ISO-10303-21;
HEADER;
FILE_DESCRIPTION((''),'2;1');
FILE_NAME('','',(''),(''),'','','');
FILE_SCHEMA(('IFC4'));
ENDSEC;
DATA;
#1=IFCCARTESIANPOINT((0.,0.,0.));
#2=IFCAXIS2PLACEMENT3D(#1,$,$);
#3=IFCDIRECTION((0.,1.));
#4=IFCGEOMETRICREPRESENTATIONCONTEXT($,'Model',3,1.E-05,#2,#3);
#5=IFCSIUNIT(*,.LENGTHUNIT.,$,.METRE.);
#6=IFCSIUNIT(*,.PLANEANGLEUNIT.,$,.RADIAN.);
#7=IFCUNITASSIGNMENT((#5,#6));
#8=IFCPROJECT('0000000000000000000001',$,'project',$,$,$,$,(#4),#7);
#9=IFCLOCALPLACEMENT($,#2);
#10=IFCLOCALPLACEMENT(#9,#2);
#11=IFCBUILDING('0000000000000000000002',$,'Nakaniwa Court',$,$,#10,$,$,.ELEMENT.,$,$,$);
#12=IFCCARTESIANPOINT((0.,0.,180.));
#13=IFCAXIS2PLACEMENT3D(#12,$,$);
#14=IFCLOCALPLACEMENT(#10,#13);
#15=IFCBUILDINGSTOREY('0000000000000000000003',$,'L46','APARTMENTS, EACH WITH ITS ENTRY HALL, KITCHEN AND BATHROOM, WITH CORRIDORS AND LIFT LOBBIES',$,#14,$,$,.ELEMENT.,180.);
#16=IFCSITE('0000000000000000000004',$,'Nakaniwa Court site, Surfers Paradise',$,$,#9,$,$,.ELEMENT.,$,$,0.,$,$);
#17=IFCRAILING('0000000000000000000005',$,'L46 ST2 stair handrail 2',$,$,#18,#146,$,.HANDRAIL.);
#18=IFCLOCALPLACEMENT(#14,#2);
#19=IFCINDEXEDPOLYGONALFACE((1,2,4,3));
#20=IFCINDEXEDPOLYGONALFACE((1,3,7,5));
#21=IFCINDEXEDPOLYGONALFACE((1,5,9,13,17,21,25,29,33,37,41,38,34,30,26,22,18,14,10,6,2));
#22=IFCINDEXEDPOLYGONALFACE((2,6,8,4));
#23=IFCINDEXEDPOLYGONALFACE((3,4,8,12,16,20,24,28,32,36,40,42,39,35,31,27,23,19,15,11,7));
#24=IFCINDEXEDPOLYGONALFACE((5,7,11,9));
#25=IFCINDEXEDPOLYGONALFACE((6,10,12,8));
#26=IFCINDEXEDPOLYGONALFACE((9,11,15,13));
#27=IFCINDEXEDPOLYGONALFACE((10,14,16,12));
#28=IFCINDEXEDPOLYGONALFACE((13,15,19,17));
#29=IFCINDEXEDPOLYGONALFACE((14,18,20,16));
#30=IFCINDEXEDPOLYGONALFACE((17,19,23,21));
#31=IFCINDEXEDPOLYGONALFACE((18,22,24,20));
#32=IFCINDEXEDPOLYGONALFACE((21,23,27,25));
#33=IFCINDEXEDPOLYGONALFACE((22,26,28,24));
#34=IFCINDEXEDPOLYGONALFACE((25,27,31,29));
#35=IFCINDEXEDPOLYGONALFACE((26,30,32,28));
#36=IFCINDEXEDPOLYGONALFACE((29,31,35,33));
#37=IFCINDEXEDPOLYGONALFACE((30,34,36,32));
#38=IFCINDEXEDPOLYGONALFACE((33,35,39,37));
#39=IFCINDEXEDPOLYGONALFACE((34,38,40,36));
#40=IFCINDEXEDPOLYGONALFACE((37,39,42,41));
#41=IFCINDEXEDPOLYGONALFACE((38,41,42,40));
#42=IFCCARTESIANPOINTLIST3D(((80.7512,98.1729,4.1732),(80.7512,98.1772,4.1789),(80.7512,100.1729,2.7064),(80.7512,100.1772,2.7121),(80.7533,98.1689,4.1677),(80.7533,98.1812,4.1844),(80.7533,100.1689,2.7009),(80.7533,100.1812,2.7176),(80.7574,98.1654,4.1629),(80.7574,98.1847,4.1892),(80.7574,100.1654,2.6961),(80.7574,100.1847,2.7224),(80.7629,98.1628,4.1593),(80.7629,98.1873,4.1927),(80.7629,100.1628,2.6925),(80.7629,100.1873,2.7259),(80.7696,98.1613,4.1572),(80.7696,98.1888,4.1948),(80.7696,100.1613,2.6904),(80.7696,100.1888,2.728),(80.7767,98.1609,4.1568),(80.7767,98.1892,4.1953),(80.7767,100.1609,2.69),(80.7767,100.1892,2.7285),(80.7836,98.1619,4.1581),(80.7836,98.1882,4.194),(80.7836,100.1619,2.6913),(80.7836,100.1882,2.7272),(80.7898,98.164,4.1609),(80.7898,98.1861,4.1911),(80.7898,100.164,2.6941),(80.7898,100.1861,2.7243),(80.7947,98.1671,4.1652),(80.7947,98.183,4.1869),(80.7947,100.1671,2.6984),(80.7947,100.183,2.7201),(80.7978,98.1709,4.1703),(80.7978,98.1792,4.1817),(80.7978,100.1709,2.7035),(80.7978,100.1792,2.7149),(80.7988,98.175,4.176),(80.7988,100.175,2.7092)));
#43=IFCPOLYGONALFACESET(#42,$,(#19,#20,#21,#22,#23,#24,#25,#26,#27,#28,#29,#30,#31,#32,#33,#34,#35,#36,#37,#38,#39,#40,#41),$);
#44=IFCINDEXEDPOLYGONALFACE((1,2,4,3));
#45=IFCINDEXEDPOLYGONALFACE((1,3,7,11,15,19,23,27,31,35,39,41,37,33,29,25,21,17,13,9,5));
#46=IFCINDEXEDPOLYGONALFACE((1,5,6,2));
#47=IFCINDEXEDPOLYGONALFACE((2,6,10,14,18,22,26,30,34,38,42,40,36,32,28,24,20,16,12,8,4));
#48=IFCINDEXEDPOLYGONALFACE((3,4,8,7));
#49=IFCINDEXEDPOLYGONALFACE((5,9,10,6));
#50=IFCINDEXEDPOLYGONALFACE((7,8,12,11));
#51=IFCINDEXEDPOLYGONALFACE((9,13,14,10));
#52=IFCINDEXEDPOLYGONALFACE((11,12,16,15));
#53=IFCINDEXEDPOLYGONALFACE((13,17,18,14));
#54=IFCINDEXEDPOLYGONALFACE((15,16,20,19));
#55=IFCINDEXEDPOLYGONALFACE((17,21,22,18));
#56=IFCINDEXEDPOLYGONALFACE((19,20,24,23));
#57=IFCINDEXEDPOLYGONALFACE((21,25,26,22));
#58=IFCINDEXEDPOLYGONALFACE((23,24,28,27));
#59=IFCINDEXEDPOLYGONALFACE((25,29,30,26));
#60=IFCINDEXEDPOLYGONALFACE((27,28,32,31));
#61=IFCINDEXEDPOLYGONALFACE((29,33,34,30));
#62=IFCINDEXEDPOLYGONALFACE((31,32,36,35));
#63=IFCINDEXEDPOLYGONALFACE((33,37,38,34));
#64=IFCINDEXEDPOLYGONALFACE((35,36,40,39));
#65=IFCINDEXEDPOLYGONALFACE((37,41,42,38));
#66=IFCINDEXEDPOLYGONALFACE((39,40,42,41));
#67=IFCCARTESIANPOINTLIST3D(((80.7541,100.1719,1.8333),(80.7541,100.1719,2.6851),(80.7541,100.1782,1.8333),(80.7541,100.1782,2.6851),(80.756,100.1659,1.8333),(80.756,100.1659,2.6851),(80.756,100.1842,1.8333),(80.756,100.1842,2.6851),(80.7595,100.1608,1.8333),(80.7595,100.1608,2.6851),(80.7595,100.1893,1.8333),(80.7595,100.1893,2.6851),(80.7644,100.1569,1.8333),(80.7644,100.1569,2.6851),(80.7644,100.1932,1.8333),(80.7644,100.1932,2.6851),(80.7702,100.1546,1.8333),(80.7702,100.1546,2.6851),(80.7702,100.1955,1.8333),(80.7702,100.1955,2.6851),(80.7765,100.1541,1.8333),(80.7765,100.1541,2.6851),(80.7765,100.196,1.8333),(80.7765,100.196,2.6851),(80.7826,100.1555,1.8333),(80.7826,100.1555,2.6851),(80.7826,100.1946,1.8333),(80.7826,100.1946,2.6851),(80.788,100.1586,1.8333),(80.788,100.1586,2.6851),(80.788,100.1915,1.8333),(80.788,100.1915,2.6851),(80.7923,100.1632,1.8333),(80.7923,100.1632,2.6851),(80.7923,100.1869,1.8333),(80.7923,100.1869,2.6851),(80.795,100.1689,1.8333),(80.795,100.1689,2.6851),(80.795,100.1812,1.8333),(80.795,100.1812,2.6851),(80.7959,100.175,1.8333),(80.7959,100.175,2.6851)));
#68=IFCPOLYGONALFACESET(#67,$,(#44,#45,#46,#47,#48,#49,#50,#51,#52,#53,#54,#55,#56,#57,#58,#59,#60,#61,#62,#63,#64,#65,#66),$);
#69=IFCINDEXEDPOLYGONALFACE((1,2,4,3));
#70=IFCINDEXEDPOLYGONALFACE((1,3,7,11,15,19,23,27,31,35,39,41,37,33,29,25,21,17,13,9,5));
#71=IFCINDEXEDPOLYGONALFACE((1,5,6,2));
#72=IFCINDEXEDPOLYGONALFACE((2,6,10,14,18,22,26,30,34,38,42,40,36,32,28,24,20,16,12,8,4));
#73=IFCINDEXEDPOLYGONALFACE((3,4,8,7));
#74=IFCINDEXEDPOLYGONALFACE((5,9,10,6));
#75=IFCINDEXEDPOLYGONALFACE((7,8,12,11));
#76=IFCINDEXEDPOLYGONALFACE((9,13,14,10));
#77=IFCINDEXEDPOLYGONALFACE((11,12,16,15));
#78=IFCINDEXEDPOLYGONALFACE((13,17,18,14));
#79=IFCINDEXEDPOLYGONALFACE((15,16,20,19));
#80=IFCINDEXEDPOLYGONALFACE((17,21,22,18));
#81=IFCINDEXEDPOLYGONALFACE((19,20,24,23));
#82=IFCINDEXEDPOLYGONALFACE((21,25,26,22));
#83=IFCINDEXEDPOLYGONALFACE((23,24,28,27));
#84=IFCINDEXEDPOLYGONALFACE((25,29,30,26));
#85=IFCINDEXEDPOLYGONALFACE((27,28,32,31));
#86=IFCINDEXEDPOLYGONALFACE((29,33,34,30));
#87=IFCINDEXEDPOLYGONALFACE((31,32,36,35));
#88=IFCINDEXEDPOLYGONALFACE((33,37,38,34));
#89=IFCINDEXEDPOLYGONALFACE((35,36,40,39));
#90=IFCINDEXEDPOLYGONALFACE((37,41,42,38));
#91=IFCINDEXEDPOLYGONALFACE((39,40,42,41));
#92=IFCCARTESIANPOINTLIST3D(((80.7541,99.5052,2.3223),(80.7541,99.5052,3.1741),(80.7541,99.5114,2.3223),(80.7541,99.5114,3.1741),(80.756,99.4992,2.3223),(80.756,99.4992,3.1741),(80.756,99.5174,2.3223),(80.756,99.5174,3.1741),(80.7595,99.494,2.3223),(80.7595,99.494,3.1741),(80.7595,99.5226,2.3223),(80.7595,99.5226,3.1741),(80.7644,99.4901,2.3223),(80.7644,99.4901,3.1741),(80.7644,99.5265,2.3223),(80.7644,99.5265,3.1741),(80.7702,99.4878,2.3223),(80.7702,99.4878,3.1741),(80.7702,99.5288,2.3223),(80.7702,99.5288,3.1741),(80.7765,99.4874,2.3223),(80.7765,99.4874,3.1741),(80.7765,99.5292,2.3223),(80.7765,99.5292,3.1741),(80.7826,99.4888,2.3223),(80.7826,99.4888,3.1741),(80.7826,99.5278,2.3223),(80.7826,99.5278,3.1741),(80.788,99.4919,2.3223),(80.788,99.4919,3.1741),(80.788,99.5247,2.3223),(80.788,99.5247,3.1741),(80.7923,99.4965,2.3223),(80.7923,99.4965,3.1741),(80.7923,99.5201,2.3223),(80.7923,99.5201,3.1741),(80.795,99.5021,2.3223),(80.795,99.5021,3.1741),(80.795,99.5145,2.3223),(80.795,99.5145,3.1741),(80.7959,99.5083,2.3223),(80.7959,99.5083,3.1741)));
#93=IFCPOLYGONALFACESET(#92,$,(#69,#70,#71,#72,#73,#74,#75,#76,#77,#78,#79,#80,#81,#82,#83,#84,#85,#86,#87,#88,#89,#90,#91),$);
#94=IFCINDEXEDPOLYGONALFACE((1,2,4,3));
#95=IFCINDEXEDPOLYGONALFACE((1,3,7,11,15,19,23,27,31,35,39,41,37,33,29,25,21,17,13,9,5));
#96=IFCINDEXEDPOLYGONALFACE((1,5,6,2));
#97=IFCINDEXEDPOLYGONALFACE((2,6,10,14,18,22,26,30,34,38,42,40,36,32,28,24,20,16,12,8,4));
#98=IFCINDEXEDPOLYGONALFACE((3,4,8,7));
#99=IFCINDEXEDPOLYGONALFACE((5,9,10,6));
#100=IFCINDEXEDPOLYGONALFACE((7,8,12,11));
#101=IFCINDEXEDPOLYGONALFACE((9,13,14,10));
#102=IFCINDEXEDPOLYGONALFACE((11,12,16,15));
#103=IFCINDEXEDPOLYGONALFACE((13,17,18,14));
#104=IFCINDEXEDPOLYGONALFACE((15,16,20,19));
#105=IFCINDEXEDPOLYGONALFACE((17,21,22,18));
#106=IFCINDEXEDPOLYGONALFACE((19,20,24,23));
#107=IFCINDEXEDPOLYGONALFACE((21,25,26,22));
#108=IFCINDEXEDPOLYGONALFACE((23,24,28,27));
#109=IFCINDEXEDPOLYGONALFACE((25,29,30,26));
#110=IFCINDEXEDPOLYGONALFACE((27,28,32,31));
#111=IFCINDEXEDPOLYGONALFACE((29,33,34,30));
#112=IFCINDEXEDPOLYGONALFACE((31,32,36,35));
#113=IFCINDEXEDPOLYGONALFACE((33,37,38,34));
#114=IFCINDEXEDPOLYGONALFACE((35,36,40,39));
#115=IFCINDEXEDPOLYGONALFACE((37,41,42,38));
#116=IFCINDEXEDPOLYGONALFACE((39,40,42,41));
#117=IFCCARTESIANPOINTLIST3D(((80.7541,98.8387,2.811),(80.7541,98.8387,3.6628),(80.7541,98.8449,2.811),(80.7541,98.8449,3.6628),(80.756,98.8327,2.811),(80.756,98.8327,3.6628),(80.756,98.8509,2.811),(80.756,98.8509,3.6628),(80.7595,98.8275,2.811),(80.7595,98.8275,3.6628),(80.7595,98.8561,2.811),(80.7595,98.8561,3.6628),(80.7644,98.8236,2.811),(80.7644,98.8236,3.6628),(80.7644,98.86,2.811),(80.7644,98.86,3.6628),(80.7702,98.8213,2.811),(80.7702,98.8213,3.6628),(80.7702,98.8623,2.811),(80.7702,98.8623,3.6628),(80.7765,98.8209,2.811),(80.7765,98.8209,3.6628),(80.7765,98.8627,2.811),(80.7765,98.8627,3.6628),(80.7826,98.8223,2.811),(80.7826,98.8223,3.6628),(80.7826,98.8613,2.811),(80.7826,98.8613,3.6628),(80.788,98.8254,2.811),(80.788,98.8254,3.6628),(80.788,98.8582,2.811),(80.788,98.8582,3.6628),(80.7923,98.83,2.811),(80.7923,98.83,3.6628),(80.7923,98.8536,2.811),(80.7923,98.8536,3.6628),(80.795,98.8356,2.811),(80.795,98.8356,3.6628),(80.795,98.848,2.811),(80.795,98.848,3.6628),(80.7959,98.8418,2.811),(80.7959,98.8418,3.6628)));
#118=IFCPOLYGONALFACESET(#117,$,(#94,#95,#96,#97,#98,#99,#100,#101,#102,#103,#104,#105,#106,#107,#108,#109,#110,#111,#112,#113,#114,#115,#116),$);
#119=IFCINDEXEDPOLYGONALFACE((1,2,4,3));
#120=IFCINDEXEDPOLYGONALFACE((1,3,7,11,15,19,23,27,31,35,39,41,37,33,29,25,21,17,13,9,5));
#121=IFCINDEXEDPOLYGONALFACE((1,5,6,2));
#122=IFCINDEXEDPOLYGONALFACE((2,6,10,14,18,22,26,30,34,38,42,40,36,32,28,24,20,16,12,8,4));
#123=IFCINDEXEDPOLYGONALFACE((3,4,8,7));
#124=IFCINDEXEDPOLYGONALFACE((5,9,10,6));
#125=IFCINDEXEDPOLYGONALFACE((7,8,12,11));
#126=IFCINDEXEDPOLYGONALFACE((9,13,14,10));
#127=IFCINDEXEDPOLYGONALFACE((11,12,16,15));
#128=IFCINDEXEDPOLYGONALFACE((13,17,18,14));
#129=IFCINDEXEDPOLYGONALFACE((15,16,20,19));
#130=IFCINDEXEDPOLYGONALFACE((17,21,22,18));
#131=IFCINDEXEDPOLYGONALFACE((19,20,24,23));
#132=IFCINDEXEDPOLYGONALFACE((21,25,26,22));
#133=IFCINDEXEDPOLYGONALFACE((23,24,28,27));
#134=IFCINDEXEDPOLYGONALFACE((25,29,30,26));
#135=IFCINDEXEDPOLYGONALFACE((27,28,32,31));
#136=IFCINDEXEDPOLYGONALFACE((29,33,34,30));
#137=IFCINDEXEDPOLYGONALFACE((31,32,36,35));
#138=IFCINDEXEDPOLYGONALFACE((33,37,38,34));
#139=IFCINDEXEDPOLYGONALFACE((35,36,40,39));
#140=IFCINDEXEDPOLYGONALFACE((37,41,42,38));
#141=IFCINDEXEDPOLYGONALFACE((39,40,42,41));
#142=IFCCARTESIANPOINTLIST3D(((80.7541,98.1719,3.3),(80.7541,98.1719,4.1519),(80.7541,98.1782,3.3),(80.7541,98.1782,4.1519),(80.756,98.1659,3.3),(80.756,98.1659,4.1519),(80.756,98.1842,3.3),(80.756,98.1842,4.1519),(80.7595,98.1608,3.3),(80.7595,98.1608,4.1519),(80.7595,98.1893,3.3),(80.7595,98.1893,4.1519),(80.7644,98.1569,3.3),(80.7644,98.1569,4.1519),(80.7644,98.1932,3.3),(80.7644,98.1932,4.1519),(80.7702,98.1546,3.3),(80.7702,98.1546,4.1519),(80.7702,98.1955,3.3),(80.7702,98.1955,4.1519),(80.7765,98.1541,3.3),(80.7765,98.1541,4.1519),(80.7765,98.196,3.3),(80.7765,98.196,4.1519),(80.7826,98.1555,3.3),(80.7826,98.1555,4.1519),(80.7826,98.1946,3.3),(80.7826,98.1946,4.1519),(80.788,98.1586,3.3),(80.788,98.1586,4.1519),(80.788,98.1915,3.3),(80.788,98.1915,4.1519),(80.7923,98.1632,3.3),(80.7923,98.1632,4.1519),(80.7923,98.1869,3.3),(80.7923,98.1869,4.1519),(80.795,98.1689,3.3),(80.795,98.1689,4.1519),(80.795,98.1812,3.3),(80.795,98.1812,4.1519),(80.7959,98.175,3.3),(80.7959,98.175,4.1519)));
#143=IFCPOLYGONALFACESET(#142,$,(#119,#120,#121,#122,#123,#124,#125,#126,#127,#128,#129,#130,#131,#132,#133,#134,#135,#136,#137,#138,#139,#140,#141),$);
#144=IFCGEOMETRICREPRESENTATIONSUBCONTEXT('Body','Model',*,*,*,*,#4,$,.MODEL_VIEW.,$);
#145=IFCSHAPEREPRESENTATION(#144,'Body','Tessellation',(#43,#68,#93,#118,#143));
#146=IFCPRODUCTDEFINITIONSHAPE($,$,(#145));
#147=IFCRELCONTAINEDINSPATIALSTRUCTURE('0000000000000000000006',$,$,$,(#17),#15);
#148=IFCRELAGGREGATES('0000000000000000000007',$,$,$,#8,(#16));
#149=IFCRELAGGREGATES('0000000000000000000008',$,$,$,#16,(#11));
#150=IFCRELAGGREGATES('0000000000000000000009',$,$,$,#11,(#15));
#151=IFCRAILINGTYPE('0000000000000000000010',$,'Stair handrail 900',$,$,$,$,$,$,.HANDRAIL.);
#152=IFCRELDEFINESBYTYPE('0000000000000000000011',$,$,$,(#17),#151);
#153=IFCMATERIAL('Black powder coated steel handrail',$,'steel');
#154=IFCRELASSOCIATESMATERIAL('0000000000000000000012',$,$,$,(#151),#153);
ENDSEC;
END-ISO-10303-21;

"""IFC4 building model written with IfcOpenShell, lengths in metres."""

from ifc_helpers import new_model, si_unit, direction, frame, origin, origin_2d, place, context, subcontext, project, spatial, circle, extrude, material, type_object, element, save


model = new_model("IFC4")

# Units and contexts
model_context = context("Model", 3, precision=1e-05, world=origin(), true_north=direction((0.0, 1.0)))
body_context = subcontext(model_context, "Body", "Model", "MODEL_VIEW")
ifc_project = project(units=[si_unit("LENGTHUNIT", "METRE"), si_unit("PLANEANGLEUNIT", "RADIAN")], contexts=[model_context])

# Site, building, storey
site_placement = place(None, origin())
site = spatial("IfcSite", under=ifc_project, at=site_placement, Name="Nakaniwa Court site, Surfers Paradise", CompositionType="ELEMENT", RefElevation=0.0)
building_placement = place(site_placement, origin())
building = spatial("IfcBuilding", under=site, at=building_placement, Name="Nakaniwa Court", CompositionType="ELEMENT")
storey_placement = place(building_placement, frame((0.0, 0.0, 180.0)))
storey = spatial("IfcBuildingStorey", under=building, at=storey_placement, Name="L46", Description="APARTMENTS, EACH WITH ITS ENTRY HALL, KITCHEN AND BATHROOM, WITH CORRIDORS AND LIFT LOBBIES", CompositionType="ELEMENT", Elevation=180.0)

# Railing
ifc_material_1 = material(Name="Black powder coated steel handrail", Category="steel")
railing_type_1 = type_object("IfcRailingType", Name="Stair handrail 900", PredefinedType="HANDRAIL", material=ifc_material_1)
railing_1_placement = place(storey_placement, frame((80.7749, 100.175, 1.8333)))
element("IfcRailing", 1, at=railing_1_placement, inside=storey, type_object=railing_type_1, Name="L46 ST2 stair handrail 2", PredefinedType="HANDRAIL", context=body_context, shape_type="SweptSolid", body=[
    extrude(circle(Radius=0.0239, at=origin_2d()), frame((0.0, 0.0, 0.876), z_axis=(0.0, -0.80638, 0.591398), x_axis=(1.0, 0.0, 0.0)), (0.0, 0.0, 1.0), 2.4802),
    extrude(circle(Radius=0.021, at=origin_2d()), origin(), (0.0, 0.0, 1.0), 0.8518),
    extrude(circle(Radius=0.021, at=origin_2d()), frame((0.0, -0.6667, 0.489)), (0.0, 0.0, 1.0), 0.8518),
    extrude(circle(Radius=0.021, at=origin_2d()), frame((0.0, -1.3333, 0.9778)), (0.0, 0.0, 1.0), 0.8518),
    extrude(circle(Radius=0.021, at=origin_2d()), frame((0.0, -2.0, 1.4668)), (0.0, 0.0, 1.0), 0.8518),
])

save(model, "model.ifc")
